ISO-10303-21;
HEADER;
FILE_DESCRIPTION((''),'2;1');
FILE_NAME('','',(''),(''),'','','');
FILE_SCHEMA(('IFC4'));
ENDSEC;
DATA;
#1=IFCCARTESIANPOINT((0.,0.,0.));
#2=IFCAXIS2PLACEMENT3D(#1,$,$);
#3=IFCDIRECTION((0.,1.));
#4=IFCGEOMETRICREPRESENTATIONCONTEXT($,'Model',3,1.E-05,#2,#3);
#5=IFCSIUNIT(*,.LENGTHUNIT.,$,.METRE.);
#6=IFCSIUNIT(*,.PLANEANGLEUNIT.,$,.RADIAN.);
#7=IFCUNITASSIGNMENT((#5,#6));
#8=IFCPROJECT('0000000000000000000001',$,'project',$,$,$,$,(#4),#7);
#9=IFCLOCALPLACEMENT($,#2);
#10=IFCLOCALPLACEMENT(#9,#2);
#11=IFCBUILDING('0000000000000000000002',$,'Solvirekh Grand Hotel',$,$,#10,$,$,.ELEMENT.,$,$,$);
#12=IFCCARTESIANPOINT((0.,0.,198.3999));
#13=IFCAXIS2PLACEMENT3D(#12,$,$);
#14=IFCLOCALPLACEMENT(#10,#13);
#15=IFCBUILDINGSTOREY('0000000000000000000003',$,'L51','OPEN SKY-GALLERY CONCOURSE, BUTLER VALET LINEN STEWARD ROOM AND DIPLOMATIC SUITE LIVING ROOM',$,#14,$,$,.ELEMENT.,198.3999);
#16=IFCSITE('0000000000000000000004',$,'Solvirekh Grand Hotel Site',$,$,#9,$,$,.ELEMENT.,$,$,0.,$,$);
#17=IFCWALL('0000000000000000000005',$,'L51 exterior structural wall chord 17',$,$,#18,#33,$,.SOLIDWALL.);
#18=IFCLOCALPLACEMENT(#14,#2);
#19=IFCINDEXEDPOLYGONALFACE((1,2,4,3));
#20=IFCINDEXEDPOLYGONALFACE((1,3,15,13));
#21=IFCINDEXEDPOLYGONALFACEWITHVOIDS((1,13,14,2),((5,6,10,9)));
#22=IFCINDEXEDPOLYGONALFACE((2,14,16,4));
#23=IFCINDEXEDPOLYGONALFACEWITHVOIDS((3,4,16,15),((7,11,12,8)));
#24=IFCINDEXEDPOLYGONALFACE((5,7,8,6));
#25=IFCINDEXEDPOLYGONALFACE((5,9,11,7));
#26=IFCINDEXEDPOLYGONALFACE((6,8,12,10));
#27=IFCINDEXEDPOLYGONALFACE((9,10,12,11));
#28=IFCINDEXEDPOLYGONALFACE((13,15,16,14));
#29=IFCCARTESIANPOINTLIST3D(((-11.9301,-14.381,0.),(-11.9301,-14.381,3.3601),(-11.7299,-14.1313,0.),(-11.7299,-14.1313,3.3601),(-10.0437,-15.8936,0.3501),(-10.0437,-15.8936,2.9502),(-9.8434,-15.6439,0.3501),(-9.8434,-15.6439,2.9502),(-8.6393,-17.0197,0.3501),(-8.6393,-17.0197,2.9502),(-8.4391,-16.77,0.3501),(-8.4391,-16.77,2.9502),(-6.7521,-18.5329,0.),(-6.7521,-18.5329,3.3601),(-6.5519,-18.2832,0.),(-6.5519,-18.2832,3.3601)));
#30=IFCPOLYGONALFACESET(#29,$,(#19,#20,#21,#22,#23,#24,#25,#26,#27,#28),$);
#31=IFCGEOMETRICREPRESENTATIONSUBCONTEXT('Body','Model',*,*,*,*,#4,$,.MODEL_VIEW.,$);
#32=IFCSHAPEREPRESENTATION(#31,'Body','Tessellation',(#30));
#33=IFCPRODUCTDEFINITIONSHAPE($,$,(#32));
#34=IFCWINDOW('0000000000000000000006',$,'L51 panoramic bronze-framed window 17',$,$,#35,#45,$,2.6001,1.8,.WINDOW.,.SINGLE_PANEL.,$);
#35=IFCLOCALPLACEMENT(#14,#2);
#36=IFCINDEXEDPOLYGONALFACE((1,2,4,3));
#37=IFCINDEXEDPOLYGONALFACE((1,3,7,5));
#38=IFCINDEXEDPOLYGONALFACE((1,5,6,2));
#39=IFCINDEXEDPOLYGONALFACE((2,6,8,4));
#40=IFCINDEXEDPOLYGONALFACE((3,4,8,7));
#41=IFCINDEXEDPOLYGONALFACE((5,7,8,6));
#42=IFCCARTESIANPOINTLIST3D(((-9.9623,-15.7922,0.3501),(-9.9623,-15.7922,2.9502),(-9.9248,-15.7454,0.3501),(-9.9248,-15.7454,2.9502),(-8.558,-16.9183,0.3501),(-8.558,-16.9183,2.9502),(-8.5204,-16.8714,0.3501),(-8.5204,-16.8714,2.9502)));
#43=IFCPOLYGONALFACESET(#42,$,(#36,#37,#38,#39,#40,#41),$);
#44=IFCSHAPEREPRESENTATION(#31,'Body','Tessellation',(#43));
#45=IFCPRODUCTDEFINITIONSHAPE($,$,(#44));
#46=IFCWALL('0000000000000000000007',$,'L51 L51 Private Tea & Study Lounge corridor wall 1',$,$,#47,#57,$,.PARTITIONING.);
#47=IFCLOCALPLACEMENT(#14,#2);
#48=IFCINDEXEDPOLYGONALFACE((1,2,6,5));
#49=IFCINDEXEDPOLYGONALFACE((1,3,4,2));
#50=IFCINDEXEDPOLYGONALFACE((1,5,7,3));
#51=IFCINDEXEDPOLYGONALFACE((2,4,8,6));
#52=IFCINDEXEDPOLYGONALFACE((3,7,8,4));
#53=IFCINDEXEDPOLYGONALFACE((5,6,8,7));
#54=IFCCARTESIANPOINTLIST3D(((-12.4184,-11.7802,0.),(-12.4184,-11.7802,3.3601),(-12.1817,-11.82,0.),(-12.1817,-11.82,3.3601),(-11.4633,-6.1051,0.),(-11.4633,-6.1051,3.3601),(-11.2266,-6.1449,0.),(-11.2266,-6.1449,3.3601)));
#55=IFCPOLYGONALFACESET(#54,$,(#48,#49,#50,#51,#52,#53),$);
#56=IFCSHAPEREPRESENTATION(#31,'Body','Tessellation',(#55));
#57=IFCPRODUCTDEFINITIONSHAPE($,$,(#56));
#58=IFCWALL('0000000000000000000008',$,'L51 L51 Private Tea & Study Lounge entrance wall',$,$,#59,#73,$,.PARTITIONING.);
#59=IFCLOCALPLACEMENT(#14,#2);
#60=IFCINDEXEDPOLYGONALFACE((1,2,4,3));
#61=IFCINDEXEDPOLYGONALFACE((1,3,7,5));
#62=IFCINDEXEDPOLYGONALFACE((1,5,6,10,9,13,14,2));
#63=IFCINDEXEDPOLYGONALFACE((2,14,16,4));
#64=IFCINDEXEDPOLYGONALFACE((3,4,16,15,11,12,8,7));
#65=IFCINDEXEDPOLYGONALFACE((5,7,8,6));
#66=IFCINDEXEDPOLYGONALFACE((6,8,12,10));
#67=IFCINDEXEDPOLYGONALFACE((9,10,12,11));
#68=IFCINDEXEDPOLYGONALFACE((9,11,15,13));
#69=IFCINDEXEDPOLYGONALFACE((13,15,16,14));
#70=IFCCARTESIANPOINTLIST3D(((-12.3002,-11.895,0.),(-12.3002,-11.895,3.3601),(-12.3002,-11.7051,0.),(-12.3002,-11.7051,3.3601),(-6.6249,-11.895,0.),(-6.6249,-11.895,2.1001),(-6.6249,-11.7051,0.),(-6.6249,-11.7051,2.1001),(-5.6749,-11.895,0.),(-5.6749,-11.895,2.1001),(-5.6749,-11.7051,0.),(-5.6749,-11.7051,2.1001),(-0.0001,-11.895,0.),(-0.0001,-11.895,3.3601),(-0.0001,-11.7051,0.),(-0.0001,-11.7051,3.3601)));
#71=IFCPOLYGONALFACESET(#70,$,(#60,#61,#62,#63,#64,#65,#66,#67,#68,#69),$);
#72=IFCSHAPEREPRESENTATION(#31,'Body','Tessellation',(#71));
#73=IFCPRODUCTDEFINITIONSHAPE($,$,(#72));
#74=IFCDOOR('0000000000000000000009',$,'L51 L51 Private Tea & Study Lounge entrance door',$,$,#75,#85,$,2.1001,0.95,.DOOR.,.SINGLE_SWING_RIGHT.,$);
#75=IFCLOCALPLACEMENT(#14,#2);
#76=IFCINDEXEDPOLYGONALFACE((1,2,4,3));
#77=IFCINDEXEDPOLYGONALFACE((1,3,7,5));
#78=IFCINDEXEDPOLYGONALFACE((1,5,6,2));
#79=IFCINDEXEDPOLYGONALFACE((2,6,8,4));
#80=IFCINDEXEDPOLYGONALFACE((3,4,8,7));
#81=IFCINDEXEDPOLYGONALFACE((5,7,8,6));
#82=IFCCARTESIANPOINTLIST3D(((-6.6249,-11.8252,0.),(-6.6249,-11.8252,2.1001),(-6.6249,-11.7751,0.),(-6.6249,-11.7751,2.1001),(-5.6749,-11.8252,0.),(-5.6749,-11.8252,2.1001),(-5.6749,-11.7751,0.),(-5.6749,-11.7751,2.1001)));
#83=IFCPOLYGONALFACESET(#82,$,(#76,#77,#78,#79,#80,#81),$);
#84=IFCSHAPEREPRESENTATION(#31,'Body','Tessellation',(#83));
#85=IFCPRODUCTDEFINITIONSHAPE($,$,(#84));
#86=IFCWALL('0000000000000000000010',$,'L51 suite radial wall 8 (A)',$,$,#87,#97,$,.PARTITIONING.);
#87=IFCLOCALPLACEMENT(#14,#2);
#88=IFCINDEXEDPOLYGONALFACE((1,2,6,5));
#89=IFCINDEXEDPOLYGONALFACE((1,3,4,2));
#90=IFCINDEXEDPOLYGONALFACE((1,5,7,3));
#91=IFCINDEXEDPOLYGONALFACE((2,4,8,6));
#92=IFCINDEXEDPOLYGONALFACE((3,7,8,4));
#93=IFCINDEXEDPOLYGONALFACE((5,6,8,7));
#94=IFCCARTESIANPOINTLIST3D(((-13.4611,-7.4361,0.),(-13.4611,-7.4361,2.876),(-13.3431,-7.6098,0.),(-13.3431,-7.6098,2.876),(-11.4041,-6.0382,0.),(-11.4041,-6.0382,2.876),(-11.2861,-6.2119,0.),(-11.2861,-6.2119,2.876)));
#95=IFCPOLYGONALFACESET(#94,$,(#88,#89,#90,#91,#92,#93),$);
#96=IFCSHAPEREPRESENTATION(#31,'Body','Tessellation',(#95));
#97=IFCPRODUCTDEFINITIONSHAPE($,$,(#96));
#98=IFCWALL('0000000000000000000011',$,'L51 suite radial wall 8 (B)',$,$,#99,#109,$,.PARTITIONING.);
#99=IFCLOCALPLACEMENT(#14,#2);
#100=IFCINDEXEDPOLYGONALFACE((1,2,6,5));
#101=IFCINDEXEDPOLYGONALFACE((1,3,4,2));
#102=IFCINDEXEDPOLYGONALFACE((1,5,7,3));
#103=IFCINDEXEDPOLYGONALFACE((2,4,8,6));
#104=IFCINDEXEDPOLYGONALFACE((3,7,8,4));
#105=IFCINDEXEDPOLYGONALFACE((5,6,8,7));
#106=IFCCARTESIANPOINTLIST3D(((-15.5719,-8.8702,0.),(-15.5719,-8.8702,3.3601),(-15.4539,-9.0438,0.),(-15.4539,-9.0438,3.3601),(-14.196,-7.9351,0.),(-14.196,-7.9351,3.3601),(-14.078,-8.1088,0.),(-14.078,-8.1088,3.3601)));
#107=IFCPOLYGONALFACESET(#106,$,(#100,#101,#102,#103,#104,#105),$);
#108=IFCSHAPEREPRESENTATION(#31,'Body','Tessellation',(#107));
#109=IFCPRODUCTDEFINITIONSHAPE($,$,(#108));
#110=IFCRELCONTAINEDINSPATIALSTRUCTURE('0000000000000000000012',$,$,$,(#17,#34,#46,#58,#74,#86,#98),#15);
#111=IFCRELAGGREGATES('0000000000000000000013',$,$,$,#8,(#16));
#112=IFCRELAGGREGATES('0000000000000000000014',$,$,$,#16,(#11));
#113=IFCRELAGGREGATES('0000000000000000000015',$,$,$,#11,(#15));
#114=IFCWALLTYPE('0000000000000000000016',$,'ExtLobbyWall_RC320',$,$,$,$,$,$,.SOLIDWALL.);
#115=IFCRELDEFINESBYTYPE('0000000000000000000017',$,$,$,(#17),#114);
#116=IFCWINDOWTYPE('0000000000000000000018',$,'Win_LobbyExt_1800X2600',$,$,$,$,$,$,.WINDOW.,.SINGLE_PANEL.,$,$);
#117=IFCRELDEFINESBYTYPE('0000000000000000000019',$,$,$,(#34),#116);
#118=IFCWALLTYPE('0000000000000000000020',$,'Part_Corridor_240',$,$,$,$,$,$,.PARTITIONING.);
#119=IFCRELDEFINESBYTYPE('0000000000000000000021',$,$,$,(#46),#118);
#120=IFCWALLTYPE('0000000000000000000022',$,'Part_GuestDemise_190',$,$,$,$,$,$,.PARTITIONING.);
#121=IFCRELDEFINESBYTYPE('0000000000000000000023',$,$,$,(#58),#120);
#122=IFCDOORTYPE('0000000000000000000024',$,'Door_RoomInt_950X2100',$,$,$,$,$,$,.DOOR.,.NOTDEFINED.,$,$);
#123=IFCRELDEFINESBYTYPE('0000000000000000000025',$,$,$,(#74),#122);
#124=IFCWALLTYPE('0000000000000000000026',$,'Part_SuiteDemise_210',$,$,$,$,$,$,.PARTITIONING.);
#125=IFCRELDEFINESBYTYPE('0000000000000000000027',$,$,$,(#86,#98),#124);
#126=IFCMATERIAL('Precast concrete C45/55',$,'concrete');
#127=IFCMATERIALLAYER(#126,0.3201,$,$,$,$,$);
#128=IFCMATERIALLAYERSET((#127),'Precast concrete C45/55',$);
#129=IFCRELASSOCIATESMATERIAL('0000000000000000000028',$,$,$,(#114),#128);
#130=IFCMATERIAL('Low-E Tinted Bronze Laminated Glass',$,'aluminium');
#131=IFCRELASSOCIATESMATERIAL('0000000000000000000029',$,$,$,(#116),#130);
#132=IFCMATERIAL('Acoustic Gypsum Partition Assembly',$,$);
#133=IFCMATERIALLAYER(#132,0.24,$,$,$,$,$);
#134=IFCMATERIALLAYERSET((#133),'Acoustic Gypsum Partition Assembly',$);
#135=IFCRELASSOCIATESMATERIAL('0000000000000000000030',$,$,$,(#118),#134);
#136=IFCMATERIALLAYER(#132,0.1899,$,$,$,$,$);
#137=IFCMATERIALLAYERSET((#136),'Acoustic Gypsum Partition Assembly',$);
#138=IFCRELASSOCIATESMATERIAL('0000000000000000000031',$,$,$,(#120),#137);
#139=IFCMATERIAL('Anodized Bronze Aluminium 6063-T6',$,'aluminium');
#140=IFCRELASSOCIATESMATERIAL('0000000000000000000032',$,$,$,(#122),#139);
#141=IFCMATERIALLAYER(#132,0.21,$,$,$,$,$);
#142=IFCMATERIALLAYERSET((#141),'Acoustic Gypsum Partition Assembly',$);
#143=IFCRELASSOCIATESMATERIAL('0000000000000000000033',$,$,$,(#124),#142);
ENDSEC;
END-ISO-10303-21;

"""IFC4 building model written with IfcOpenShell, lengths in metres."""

from ifc_helpers import new_model, si_unit, direction, frame, frame_2d, origin, place, context, subcontext, project, spatial, rectangle, extrude, material, layer, layer_set, type_object, element, fill, save


model = new_model("IFC4")

# Units and contexts
model_context = context("Model", 3, precision=1e-05, world=origin(), true_north=direction((0.0, 1.0)))
body_context = subcontext(model_context, "Body", "Model", "MODEL_VIEW")
ifc_project = project(units=[si_unit("LENGTHUNIT", "METRE"), si_unit("PLANEANGLEUNIT", "RADIAN")], contexts=[model_context])

# Site, building, storey
site_placement = place(None, origin())
site = spatial("IfcSite", under=ifc_project, at=site_placement, Name="Solvirekh Grand Hotel Site", CompositionType="ELEMENT", RefElevation=0.0)
building_placement = place(site_placement, origin())
building = spatial("IfcBuilding", under=site, at=building_placement, Name="Solvirekh Grand Hotel", CompositionType="ELEMENT")
storey_placement = place(building_placement, frame((0.0, 0.0, 198.3999)))
storey = spatial("IfcBuildingStorey", under=building, at=storey_placement, Name="L51", Description="OPEN SKY-GALLERY CONCOURSE, BUTLER VALET LINEN STEWARD ROOM AND DIPLOMATIC SUITE LIVING ROOM", CompositionType="ELEMENT", Elevation=198.3999)

# Shared definitions
ifc_material_1 = material(Name="Anodized Bronze Aluminium 6063-T6", Category="aluminium")

# Shared definitions
ifc_material_2 = material(Name="Precast concrete C45/55", Category="concrete")
ifc_layer_1 = layer(ifc_material_2, 0.3201)
ifc_layer_set_1 = layer_set([ifc_layer_1], Name="Precast concrete C45/55")
wall_type_1 = type_object("IfcWallType", Name="ExtLobbyWall_RC320", PredefinedType="SOLIDWALL", material=ifc_layer_set_1)
ifc_material_3 = material(Name="Low-E Tinted Bronze Laminated Glass", Category="aluminium")
window_type = type_object("IfcWindowType", Name="Win_LobbyExt_1800X2600", PartitioningType="SINGLE_PANEL", PredefinedType="WINDOW", material=ifc_material_3)

# Wall, opening, window
wall_1_placement = place(storey_placement, frame((-6.6521, -18.408, 0.0), z_axis=(0.0, 0.0, 1.0), x_axis=(-0.780172, 0.625565, 0.0)))
wall_1 = element("IfcWall", 1, at=wall_1_placement, inside=storey, type_object=wall_type_1, Name="L51 exterior structural wall chord 17", PredefinedType="SOLIDWALL", context=body_context, shape_type="SweptSolid", body=[
    extrude(rectangle(XDim=6.637, YDim=0.3201, at=frame_2d((3.3184, 0.0))), origin(), (0.0, 0.0, 1.0), 3.3601),
])
opening_1_placement = place(wall_1_placement, frame((2.4189, 0.0, 0.3501)))
opening_1 = element("IfcOpeningElement", 2, at=opening_1_placement, cuts=wall_1, PredefinedType="OPENING", context=body_context, shape_type="SweptSolid", body=[
    extrude(rectangle(XDim=1.8, YDim=2.6001, at=frame_2d((0.8999, 1.3))), frame((0.0, 0.1699, 0.0), z_axis=(0.0, -1.0, 0.0), x_axis=(1.0, 0.0, 0.0)), (0.0, 0.0, 1.0), 0.3401),
])
window_1_placement = place(opening_1_placement, origin())
window_1 = element("IfcWindow", 3, at=window_1_placement, inside=storey, type_object=window_type, Name="L51 panoramic bronze-framed window 17", OverallHeight=2.6001, OverallWidth=1.8, PartitioningType="SINGLE_PANEL", PredefinedType="WINDOW", context=body_context, shape_type="SweptSolid", body=[
    extrude(rectangle(XDim=1.8, YDim=2.6001, at=frame_2d((0.8999, 1.3))), frame((0.0, 0.03, 0.0), z_axis=(0.0, -1.0, 0.0), x_axis=(1.0, 0.0, 0.0)), (0.0, 0.0, 1.0), 0.0601),
])
fill(opening_1, window_1)

# Wall
ifc_material_4 = material(Name="Acoustic Gypsum Partition Assembly")
ifc_layer_2 = layer(ifc_material_4, 0.24)
ifc_layer_set_2 = layer_set([ifc_layer_2], Name="Acoustic Gypsum Partition Assembly")
wall_type_2 = type_object("IfcWallType", Name="Part_Corridor_240", PredefinedType="PARTITIONING", material=ifc_layer_set_2)
wall_2_placement = place(storey_placement, frame((-11.345, -6.125, 0.0), z_axis=(0.0, 0.0, 1.0), x_axis=(-0.16596, -0.986132, 0.0)))
element("IfcWall", 4, at=wall_2_placement, inside=storey, type_object=wall_type_2, Name="L51 L51 Private Tea & Study Lounge corridor wall 1", PredefinedType="PARTITIONING", context=body_context, shape_type="SweptSolid", body=[
    extrude(rectangle(XDim=5.7549, YDim=0.24, at=frame_2d((2.8774, 0.0))), origin(), (0.0, 0.0, 1.0), 3.3601),
])

# Wall, opening, door
ifc_layer_3 = layer(ifc_material_4, 0.1899)
ifc_layer_set_3 = layer_set([ifc_layer_3], Name="Acoustic Gypsum Partition Assembly")
wall_type_3 = type_object("IfcWallType", Name="Part_GuestDemise_190", PredefinedType="PARTITIONING", material=ifc_layer_set_3)
wall_3_placement = place(storey_placement, frame((-12.3, -11.8, 0.0), z_axis=(0.0, 0.0, 1.0), x_axis=(1.0, 0.0, 0.0)))
wall_3 = element("IfcWall", 5, at=wall_3_placement, inside=storey, type_object=wall_type_3, Name="L51 L51 Private Tea & Study Lounge entrance wall", PredefinedType="PARTITIONING", context=body_context, shape_type="SweptSolid", body=[
    extrude(rectangle(XDim=12.3, YDim=0.1899, at=frame_2d((6.1499, 0.0))), origin(), (0.0, 0.0, 1.0), 3.3601),
])
opening_2_placement = place(wall_3_placement, frame((5.675, 0.0, 0.0)))
opening_2 = element("IfcOpeningElement", 6, at=opening_2_placement, cuts=wall_3, PredefinedType="OPENING", context=body_context, shape_type="SweptSolid", body=[
    extrude(rectangle(XDim=0.95, YDim=2.1001, at=frame_2d((0.4751, 1.05))), frame((0.0, 0.105, 0.0), z_axis=(0.0, -1.0, 0.0), x_axis=(1.0, 0.0, 0.0)), (0.0, 0.0, 1.0), 0.21),
])
door_type_1 = type_object("IfcDoorType", Name="Door_RoomInt_950X2100", OperationType="NOTDEFINED", PredefinedType="DOOR", material=ifc_material_1)
door_1_placement = place(opening_2_placement, origin())
door_1 = element("IfcDoor", 7, at=door_1_placement, inside=storey, type_object=door_type_1, Name="L51 L51 Private Tea & Study Lounge entrance door", OperationType="SINGLE_SWING_RIGHT", OverallHeight=2.1001, OverallWidth=0.95, PredefinedType="DOOR", context=body_context, shape_type="SweptSolid", body=[
    extrude(rectangle(XDim=0.95, YDim=2.1001, at=frame_2d((0.4751, 1.05))), frame((0.0, 0.0249, 0.0), z_axis=(0.0, -1.0, 0.0), x_axis=(1.0, 0.0, 0.0)), (0.0, 0.0, 1.0), 0.05),
])
fill(opening_2, door_1)

# Walls
ifc_layer_4 = layer(ifc_material_4, 0.21)
ifc_layer_set_4 = layer_set([ifc_layer_4], Name="Acoustic Gypsum Partition Assembly")
wall_type_4 = type_object("IfcWallType", Name="Part_SuiteDemise_210", PredefinedType="PARTITIONING", material=ifc_layer_set_4)
wall_4_placement = place(storey_placement, frame((-11.345, -6.125, 0.0), z_axis=(0.0, 0.0, 1.0), x_axis=(-0.827094, -0.562063, 0.0)))
element("IfcWall", 8, at=wall_4_placement, inside=storey, type_object=wall_type_4, Name="L51 suite radial wall 8 (A)", PredefinedType="PARTITIONING", context=body_context, shape_type="SweptSolid", body=[
    extrude(rectangle(XDim=2.4871, YDim=0.21, at=frame_2d((1.2437, 0.0))), origin(), (0.0, 0.0, 1.0), 2.876),
])
wall_5_placement = place(storey_placement, frame((-14.137, -8.022, 0.0), z_axis=(0.0, 0.0, 1.0), x_axis=(-0.827096, -0.562061, 0.0)))
element("IfcWall", 9, at=wall_5_placement, inside=storey, type_object=wall_type_4, Name="L51 suite radial wall 8 (B)", PredefinedType="PARTITIONING", context=body_context, shape_type="SweptSolid", body=[
    extrude(rectangle(XDim=1.6636, YDim=0.21, at=frame_2d((0.8318, 0.0))), origin(), (0.0, 0.0, 1.0), 3.3601),
])

save(model, "model.ifc")
